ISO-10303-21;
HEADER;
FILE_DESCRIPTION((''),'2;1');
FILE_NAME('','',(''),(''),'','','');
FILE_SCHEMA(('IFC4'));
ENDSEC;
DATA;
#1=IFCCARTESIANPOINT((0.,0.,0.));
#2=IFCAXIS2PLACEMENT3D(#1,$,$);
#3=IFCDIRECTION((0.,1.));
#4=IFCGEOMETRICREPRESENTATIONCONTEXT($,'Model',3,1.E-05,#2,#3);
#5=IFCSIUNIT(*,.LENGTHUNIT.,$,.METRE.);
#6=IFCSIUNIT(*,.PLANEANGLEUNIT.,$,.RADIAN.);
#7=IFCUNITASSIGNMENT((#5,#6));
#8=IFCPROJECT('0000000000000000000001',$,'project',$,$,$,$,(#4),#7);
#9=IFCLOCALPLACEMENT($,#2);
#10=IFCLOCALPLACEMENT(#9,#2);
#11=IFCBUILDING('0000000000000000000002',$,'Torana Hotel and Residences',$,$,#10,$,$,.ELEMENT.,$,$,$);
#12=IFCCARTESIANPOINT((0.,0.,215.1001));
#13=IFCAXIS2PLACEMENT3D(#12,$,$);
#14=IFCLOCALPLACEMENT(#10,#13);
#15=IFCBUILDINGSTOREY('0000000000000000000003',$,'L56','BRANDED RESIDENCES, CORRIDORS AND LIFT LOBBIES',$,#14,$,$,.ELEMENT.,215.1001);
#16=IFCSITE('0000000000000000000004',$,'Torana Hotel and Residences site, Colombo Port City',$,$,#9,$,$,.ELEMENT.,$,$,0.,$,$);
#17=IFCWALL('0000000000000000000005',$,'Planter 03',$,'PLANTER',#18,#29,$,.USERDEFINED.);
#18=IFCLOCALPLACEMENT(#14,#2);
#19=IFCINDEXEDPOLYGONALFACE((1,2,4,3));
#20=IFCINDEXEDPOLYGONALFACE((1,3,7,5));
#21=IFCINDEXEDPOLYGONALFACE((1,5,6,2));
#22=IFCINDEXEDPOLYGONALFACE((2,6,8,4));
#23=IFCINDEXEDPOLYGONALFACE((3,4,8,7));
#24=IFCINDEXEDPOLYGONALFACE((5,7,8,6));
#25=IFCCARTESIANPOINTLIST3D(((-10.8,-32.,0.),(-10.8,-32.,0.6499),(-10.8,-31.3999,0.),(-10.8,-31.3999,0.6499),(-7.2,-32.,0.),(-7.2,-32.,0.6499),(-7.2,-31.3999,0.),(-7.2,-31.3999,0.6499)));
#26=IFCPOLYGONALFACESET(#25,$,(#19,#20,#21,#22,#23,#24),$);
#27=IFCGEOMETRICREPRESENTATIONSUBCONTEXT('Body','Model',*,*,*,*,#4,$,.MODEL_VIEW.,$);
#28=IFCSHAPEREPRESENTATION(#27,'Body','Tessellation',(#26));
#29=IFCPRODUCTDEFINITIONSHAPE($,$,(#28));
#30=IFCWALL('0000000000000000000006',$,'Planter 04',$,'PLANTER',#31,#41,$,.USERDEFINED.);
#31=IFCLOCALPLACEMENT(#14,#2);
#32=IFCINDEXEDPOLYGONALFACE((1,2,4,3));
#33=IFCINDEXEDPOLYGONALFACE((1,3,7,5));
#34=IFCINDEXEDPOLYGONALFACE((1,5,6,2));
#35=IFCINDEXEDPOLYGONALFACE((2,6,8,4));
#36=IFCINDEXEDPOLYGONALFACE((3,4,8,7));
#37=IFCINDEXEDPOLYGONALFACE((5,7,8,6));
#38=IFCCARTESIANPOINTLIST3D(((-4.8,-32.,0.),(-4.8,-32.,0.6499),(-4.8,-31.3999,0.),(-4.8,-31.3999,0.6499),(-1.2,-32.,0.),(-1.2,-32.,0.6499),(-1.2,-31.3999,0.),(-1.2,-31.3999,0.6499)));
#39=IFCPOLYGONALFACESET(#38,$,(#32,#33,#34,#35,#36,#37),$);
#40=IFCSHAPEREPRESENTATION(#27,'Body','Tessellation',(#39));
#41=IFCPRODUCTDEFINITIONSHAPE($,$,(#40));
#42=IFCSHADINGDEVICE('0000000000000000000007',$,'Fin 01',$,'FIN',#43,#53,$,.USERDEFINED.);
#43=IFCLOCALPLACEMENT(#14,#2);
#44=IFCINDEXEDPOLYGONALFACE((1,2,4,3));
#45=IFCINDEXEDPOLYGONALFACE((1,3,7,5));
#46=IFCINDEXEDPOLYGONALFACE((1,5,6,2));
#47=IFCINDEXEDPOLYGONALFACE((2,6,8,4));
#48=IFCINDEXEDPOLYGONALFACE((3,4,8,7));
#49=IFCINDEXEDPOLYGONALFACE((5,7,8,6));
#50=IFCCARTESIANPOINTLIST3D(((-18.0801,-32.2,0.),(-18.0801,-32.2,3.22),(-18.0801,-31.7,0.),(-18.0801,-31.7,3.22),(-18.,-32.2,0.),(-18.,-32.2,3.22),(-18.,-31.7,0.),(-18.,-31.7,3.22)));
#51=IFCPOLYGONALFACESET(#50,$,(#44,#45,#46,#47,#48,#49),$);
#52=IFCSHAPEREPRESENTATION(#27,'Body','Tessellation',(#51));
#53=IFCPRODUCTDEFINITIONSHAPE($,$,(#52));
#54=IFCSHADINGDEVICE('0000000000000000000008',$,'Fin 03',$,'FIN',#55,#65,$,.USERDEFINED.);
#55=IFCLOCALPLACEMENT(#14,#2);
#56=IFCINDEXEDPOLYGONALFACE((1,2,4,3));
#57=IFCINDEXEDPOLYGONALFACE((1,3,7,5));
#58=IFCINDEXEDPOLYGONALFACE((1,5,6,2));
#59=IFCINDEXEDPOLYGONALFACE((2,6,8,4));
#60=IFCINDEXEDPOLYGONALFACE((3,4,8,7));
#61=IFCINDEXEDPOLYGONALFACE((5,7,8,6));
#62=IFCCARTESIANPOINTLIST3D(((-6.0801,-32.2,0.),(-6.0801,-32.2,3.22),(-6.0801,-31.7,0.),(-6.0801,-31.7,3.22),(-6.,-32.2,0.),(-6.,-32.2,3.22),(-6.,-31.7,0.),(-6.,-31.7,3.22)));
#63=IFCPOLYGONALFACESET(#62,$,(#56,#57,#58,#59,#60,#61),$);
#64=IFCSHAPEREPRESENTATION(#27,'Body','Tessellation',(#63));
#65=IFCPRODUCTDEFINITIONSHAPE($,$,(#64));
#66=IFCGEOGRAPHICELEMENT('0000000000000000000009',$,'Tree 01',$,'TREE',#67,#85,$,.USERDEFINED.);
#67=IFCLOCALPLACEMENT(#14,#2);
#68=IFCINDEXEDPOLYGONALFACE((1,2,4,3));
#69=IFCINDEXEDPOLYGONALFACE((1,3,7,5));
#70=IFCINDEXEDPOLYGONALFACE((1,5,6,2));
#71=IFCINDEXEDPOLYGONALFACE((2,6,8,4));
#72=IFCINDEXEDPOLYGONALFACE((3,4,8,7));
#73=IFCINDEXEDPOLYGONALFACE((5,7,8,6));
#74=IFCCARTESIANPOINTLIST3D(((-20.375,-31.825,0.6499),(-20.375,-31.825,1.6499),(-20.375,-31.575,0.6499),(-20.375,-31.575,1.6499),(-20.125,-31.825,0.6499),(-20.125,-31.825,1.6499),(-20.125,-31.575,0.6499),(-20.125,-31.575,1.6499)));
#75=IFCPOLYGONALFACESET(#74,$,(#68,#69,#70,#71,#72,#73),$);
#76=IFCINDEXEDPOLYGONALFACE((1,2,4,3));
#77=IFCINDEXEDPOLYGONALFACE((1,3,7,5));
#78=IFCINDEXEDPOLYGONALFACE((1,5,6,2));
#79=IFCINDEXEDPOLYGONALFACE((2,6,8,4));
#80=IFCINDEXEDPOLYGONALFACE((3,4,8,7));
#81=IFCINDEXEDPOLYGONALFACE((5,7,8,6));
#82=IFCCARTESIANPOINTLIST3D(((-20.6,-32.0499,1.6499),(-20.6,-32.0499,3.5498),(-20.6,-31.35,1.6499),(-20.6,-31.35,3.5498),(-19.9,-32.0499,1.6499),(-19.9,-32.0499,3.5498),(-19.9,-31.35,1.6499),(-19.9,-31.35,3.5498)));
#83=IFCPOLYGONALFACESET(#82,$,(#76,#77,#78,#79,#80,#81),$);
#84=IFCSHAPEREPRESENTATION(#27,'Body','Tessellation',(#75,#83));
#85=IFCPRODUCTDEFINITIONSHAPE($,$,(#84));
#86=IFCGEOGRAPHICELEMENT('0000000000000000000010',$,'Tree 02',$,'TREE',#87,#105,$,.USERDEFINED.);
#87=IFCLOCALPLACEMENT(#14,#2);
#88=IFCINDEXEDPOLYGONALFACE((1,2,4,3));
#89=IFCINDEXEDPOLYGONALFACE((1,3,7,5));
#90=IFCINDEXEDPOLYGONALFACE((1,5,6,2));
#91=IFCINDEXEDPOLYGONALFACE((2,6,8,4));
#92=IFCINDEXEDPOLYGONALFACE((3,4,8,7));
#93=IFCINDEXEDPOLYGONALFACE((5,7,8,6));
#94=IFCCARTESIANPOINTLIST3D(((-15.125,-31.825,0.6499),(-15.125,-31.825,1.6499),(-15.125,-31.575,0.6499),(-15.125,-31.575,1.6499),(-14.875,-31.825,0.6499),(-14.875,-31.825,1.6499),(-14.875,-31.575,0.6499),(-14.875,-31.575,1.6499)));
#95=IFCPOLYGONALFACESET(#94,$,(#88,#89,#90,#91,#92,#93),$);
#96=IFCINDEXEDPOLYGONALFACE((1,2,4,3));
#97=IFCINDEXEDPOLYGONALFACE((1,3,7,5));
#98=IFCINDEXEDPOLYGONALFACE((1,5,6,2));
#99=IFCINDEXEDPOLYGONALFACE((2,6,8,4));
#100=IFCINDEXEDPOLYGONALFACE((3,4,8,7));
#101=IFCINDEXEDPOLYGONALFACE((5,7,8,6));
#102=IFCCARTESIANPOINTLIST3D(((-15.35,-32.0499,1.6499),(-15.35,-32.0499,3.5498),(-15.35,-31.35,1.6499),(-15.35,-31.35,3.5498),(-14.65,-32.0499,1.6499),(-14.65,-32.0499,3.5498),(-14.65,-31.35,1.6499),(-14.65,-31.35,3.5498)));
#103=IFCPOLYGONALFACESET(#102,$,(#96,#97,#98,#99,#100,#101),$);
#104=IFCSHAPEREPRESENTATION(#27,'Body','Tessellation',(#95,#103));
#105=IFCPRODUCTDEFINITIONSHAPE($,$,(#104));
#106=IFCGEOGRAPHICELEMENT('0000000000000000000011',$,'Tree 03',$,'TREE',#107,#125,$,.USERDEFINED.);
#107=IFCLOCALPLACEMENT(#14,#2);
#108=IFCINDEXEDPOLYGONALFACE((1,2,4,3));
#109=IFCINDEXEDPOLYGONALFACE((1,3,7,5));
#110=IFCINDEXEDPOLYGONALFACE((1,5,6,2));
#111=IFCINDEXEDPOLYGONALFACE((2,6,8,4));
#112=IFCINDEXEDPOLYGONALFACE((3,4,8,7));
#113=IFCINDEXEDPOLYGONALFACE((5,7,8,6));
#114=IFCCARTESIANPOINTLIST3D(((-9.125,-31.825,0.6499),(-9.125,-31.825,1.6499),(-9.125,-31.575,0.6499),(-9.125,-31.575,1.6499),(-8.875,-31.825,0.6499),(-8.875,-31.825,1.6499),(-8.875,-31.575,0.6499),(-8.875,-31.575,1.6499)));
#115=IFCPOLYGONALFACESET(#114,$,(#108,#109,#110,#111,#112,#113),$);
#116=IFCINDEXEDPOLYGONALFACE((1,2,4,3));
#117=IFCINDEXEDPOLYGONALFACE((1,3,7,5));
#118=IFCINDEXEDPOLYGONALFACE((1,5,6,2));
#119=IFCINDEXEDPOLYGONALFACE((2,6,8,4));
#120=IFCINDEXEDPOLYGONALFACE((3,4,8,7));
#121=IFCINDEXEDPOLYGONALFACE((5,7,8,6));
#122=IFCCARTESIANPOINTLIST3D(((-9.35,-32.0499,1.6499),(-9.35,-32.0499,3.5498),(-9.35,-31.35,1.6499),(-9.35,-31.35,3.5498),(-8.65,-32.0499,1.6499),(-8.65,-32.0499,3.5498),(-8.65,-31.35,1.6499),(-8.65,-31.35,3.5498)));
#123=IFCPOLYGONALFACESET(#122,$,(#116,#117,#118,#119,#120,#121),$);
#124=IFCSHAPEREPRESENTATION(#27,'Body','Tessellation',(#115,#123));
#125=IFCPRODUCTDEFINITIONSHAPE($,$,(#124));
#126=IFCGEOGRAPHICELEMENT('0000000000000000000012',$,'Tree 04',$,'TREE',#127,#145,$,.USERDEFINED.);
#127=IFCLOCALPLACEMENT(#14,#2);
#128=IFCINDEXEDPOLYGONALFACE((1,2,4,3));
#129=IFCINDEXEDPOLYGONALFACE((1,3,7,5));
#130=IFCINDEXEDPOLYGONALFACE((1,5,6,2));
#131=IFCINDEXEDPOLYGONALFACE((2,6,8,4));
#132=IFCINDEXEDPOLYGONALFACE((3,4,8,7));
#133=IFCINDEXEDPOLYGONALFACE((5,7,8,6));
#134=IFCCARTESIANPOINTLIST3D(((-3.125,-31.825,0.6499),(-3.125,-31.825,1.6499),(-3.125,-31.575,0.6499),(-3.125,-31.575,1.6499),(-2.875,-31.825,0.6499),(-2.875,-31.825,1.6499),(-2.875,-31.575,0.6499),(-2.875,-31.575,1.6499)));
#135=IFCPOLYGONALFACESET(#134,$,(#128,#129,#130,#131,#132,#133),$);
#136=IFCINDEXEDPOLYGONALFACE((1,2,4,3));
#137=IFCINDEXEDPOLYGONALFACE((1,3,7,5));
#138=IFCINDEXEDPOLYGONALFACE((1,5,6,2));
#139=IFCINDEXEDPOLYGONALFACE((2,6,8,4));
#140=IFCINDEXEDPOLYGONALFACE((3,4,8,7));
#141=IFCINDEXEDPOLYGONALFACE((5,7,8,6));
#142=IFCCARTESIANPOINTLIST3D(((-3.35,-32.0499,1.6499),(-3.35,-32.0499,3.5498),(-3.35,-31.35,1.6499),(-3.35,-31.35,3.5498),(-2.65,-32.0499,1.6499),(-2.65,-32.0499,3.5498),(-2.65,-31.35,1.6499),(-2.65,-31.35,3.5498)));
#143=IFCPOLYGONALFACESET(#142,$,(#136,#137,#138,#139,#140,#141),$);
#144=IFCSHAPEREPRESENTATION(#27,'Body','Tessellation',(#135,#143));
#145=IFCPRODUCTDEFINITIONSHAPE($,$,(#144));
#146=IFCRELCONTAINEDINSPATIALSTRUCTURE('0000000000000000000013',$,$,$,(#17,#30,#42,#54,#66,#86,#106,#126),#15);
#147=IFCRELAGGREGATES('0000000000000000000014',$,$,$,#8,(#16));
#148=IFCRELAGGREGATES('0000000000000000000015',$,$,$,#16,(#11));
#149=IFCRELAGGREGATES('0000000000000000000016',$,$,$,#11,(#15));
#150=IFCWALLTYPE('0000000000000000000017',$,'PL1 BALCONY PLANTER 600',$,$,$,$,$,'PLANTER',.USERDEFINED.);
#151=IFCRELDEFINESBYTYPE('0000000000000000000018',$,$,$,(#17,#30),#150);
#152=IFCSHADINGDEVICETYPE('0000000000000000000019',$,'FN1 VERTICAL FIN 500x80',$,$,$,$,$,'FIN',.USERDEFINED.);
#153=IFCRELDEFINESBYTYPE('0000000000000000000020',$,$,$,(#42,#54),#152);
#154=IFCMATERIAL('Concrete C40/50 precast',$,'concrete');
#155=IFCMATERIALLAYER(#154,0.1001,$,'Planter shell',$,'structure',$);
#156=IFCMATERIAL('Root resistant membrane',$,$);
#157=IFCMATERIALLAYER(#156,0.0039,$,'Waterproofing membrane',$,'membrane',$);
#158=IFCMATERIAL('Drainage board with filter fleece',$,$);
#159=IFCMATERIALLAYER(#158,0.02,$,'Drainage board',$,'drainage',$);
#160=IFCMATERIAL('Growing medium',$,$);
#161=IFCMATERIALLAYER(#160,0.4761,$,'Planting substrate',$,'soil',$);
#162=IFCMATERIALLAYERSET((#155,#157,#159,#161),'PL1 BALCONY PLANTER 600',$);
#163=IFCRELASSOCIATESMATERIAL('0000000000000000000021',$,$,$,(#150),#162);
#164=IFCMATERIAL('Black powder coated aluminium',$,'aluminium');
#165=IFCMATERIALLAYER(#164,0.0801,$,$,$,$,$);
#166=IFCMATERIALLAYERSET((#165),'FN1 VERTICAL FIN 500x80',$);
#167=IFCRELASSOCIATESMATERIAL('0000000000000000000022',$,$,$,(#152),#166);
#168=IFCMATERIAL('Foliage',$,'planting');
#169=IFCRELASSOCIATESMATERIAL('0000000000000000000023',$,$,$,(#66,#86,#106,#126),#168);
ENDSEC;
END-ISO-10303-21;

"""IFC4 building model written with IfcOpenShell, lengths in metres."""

from ifc_helpers import new_model, si_unit, direction, frame, frame_2d, origin, origin_2d, place, context, subcontext, project, spatial, rectangle, extrude, material, layer, layer_set, type_object, element, save


model = new_model("IFC4")

# Units and contexts
model_context = context("Model", 3, precision=1e-05, world=origin(), true_north=direction((0.0, 1.0)))
body_context = subcontext(model_context, "Body", "Model", "MODEL_VIEW")
ifc_project = project(units=[si_unit("LENGTHUNIT", "METRE"), si_unit("PLANEANGLEUNIT", "RADIAN")], contexts=[model_context])

# Site, building, storey
site_placement = place(None, origin())
site = spatial("IfcSite", under=ifc_project, at=site_placement, Name="Torana Hotel and Residences site, Colombo Port City", CompositionType="ELEMENT", RefElevation=0.0)
building_placement = place(site_placement, origin())
building = spatial("IfcBuilding", under=site, at=building_placement, Name="Torana Hotel and Residences", CompositionType="ELEMENT")
storey_placement = place(building_placement, frame((0.0, 0.0, 215.1001)))
storey = spatial("IfcBuildingStorey", under=building, at=storey_placement, Name="L56", Description="BRANDED RESIDENCES, CORRIDORS AND LIFT LOBBIES", CompositionType="ELEMENT", Elevation=215.1001)

# Walls
ifc_material_1 = material(Name="Concrete C40/50 precast", Category="concrete")
ifc_layer_1 = layer(ifc_material_1, 0.1001, Name="Planter shell", Category="structure")
ifc_material_2 = material(Name="Root resistant membrane")
ifc_layer_2 = layer(ifc_material_2, 0.0039, Name="Waterproofing membrane", Category="membrane")
ifc_material_3 = material(Name="Drainage board with filter fleece")
ifc_layer_3 = layer(ifc_material_3, 0.02, Name="Drainage board", Category="drainage")
ifc_material_4 = material(Name="Growing medium")
ifc_layer_4 = layer(ifc_material_4, 0.4761, Name="Planting substrate", Category="soil")
ifc_layer_set_1 = layer_set([ifc_layer_1, ifc_layer_2, ifc_layer_3, ifc_layer_4], Name="PL1 BALCONY PLANTER 600")
wall_type_1 = type_object("IfcWallType", Name="PL1 BALCONY PLANTER 600", ElementType="PLANTER", PredefinedType="USERDEFINED", material=ifc_layer_set_1)
for number, where, z_axis, x_axis, name in (
    (1, (-7.2, -31.7, 0.0), (0.0, 0.0, 1.0), (-1.0, 0.0, 0.0), "Planter 03"),
    (2, (-1.2, -31.7, 0.0), (0.0, 0.0, 1.0), (-1.0, 0.0, 0.0), "Planter 04"),
):
    element("IfcWall", number, at=place(storey_placement, frame(where, z_axis=z_axis, x_axis=x_axis)), inside=storey, type_object=wall_type_1, Name=name, ObjectType="PLANTER", PredefinedType="USERDEFINED", context=body_context, shape_type="SweptSolid", body=[
        extrude(rectangle(XDim=3.6001, YDim=0.6001, at=frame_2d((1.8, 0.0))), origin(), (0.0, 0.0, 1.0), 0.6499),
    ])

# Shading devices
ifc_material_5 = material(Name="Black powder coated aluminium", Category="aluminium")
ifc_layer_5 = layer(ifc_material_5, 0.0801)
ifc_layer_set_2 = layer_set([ifc_layer_5], Name="FN1 VERTICAL FIN 500x80")
shading_device_type = type_object("IfcShadingDeviceType", Name="FN1 VERTICAL FIN 500x80", ElementType="FIN", PredefinedType="USERDEFINED", material=ifc_layer_set_2)
for number, where, z_axis, x_axis, name in (
    (3, (-18.04, -31.95, 0.0), (0.0, 0.0, 1.0), (-1.0, 0.0, 0.0), "Fin 01"),
    (4, (-6.04, -31.95, 0.0), (0.0, 0.0, 1.0), (-1.0, 0.0, 0.0), "Fin 03"),
):
    element("IfcShadingDevice", number, at=place(storey_placement, frame(where, z_axis=z_axis, x_axis=x_axis)), inside=storey, type_object=shading_device_type, Name=name, ObjectType="FIN", PredefinedType="USERDEFINED", context=body_context, shape_type="SweptSolid", body=[
        extrude(rectangle(XDim=0.0801, YDim=0.5, at=origin_2d()), origin(), (0.0, 0.0, 1.0), 3.22),
    ])

# Geographic elements
ifc_material_6 = material(Name="Foliage", Category="planting")
for number, where, z_axis, x_axis, name in (
    (5, (-20.25, -31.7, 0.6499), (0.0, 0.0, 1.0), (1.0, 0.0, 0.0), "Tree 01"),
    (6, (-15.0, -31.7, 0.6499), (0.0, 0.0, 1.0), (1.0, 0.0, 0.0), "Tree 02"),
    (7, (-9.0, -31.7, 0.6499), (0.0, 0.0, 1.0), (1.0, 0.0, 0.0), "Tree 03"),
    (8, (-3.0, -31.7, 0.6499), (0.0, 0.0, 1.0), (1.0, 0.0, 0.0), "Tree 04"),
):
    element("IfcGeographicElement", number, at=place(storey_placement, frame(where, z_axis=z_axis, x_axis=x_axis)), inside=storey, material=ifc_material_6, Name=name, ObjectType="TREE", PredefinedType="USERDEFINED", context=body_context, shape_type="SweptSolid", body=[
        extrude(rectangle(XDim=0.25, YDim=0.25, at=origin_2d()), origin(), (0.0, 0.0, 1.0), 1.0),
        extrude(rectangle(XDim=0.7, YDim=0.7, at=origin_2d()), frame((0.0, 0.0, 1.0)), (0.0, 0.0, 1.0), 1.8999),
    ])

save(model, "model.ifc")
